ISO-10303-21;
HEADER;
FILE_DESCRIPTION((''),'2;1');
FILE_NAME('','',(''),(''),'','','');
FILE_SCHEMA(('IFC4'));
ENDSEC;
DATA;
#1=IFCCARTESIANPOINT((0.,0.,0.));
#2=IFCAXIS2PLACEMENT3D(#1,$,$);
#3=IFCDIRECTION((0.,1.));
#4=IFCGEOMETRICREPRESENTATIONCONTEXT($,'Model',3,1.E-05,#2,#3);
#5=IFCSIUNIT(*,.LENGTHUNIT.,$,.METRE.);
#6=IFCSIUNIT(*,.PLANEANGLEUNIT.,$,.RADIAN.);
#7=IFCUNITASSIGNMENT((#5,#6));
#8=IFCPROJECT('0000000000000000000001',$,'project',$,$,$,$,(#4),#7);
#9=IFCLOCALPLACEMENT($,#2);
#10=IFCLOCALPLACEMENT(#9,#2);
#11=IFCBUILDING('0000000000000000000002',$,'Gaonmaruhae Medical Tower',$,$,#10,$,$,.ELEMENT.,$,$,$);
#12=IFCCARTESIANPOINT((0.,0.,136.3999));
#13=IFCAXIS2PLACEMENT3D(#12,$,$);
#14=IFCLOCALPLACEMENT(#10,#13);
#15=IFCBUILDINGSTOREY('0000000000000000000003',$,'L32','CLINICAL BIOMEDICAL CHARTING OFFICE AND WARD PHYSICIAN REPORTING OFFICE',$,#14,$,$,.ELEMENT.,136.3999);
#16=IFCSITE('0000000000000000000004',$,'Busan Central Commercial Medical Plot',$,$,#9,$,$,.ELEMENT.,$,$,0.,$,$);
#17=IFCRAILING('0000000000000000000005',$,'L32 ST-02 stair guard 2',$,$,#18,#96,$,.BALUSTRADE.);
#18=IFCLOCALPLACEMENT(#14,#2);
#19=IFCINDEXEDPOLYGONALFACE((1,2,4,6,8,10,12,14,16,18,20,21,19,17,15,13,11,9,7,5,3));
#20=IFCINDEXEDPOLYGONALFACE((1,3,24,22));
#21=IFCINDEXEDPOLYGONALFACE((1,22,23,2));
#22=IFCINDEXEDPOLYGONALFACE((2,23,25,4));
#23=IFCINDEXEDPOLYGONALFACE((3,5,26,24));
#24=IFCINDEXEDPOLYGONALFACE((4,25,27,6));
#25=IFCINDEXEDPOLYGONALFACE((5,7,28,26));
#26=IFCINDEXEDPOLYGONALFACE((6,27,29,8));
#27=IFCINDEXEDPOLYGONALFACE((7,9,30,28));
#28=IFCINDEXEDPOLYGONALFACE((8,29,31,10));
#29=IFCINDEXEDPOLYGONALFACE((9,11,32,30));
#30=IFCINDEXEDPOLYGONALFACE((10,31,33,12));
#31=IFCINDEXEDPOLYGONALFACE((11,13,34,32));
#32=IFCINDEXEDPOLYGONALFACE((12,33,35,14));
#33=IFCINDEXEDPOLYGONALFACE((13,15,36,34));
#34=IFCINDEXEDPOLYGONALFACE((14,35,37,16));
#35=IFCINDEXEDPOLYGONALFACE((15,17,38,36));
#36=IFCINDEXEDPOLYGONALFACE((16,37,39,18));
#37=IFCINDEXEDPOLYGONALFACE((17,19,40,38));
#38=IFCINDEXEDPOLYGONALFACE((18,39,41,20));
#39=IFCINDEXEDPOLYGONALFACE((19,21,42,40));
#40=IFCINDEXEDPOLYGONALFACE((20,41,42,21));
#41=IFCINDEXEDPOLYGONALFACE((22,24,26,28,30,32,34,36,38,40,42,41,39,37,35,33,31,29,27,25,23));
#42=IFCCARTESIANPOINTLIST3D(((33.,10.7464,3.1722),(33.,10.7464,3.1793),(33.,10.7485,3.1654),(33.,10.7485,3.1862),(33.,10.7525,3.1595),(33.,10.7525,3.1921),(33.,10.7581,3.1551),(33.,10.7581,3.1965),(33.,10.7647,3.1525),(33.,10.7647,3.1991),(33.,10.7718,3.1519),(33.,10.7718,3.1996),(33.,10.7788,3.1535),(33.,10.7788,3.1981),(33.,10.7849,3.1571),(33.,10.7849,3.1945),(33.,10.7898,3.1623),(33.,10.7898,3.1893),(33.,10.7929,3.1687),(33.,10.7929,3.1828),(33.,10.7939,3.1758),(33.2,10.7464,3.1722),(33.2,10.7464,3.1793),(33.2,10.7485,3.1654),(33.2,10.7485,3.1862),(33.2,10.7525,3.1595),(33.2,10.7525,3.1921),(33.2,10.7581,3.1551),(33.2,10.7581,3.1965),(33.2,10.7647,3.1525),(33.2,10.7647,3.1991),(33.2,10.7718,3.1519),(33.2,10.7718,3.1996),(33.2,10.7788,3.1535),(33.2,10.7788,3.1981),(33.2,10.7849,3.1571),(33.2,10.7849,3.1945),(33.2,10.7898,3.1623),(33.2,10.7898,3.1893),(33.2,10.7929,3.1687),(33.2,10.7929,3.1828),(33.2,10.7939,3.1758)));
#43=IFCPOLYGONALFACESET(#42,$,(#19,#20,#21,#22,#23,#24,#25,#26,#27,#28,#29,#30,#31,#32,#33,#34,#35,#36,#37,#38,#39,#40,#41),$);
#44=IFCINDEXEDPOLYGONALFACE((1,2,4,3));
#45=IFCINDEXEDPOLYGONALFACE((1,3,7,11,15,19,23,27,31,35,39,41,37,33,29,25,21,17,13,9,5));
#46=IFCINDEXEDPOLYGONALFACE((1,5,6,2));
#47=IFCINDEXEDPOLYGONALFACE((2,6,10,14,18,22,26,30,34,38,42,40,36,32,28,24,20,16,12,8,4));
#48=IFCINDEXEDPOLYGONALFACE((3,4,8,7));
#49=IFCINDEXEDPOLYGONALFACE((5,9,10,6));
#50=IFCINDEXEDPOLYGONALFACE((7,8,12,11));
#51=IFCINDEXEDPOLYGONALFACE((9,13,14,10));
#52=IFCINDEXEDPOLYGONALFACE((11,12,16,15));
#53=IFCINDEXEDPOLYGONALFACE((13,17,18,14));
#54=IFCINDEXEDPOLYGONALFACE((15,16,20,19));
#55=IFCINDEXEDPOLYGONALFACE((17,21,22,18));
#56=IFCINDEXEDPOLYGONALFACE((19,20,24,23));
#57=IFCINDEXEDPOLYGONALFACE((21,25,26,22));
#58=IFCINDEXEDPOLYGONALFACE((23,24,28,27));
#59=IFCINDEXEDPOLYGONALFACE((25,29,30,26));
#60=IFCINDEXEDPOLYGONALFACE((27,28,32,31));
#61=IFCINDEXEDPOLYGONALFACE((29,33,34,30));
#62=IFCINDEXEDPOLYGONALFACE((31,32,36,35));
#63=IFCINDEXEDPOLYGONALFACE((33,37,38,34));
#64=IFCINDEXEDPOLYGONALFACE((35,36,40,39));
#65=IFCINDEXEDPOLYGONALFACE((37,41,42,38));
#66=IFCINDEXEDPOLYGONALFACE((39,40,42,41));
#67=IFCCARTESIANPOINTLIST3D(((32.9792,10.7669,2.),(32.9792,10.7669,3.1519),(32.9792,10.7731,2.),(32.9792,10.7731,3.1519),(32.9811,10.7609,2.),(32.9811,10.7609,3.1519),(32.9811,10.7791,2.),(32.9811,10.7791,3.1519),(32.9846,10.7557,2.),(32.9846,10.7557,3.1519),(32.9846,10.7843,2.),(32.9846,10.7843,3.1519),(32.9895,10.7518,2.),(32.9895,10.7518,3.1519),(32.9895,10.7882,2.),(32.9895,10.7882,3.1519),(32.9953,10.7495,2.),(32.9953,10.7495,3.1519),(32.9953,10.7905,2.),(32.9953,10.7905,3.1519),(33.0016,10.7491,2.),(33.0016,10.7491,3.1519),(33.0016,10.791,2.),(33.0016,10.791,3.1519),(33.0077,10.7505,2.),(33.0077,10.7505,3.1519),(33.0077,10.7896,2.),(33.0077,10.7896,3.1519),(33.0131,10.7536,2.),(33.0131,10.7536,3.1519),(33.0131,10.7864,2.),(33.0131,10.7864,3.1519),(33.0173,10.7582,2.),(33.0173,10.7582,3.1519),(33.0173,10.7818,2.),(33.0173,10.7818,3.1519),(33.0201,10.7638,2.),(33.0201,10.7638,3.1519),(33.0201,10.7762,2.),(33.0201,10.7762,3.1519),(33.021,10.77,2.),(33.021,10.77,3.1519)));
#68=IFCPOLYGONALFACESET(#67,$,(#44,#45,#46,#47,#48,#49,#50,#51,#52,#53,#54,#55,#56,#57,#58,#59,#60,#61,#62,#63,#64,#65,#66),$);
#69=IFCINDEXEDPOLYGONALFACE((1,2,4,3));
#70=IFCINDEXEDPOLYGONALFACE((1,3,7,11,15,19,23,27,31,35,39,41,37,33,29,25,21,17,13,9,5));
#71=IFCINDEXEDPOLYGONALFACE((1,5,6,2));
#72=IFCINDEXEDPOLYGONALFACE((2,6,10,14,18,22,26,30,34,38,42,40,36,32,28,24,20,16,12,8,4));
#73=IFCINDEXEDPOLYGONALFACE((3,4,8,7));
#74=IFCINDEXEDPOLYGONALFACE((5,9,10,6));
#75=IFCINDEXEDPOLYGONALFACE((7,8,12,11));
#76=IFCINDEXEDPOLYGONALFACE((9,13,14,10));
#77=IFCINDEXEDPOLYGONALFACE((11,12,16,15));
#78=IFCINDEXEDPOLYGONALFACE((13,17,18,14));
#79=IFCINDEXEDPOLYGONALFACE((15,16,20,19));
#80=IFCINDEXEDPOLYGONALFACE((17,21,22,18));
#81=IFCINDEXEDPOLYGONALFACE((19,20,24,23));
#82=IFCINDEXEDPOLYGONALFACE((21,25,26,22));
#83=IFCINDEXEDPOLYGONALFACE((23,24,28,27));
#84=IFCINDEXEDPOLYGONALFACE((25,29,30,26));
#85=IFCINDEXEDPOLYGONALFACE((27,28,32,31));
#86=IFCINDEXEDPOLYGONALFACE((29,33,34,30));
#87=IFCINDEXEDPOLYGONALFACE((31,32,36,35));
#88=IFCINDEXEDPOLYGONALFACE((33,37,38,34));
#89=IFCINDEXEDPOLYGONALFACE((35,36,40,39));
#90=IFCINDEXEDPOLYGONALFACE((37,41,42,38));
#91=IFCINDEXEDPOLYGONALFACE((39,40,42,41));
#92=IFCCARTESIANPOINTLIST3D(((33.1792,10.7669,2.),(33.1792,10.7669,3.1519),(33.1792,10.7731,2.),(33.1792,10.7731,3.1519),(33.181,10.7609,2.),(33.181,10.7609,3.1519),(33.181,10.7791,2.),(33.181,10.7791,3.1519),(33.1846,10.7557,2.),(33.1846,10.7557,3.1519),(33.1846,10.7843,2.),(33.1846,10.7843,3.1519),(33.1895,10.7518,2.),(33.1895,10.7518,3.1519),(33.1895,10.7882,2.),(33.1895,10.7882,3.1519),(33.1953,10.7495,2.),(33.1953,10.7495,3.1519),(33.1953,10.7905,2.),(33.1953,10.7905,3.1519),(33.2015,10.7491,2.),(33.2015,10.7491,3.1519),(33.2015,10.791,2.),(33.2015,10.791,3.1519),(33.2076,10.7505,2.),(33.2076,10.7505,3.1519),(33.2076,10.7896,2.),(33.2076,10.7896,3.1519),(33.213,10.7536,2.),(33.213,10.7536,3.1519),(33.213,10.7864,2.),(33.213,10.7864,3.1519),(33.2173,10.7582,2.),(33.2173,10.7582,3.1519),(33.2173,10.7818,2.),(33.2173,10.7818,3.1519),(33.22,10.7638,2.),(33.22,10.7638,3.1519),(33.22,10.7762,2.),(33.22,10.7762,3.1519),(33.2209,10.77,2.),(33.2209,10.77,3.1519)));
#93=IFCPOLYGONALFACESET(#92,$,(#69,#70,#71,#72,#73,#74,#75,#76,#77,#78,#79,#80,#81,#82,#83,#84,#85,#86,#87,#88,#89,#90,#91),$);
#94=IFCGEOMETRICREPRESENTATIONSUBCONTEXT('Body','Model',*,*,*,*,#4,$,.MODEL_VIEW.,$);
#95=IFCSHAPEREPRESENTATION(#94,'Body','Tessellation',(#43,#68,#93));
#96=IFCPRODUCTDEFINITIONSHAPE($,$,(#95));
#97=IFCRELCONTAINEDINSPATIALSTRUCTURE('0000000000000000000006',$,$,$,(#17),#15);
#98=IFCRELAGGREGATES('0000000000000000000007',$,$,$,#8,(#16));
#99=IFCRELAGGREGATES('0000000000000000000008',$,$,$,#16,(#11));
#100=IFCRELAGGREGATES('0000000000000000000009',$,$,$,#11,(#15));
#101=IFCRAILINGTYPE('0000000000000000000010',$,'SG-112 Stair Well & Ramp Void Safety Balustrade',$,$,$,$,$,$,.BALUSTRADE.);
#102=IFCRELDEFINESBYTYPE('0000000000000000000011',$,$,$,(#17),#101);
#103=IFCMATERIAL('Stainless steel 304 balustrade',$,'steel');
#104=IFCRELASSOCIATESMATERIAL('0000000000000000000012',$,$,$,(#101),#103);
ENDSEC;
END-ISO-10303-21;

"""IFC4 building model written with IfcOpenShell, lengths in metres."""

from ifc_helpers import new_model, si_unit, direction, frame, origin, origin_2d, place, context, subcontext, project, spatial, circle, extrude, material, type_object, element, save


model = new_model("IFC4")

# Units and contexts
model_context = context("Model", 3, precision=1e-05, world=origin(), true_north=direction((0.0, 1.0)))
body_context = subcontext(model_context, "Body", "Model", "MODEL_VIEW")
ifc_project = project(units=[si_unit("LENGTHUNIT", "METRE"), si_unit("PLANEANGLEUNIT", "RADIAN")], contexts=[model_context])

# Site, building, storey
site_placement = place(None, origin())
site = spatial("IfcSite", under=ifc_project, at=site_placement, Name="Busan Central Commercial Medical Plot", CompositionType="ELEMENT", RefElevation=0.0)
building_placement = place(site_placement, origin())
building = spatial("IfcBuilding", under=site, at=building_placement, Name="Gaonmaruhae Medical Tower", CompositionType="ELEMENT")
storey_placement = place(building_placement, frame((0.0, 0.0, 136.3999)))
storey = spatial("IfcBuildingStorey", under=building, at=storey_placement, Name="L32", Description="CLINICAL BIOMEDICAL CHARTING OFFICE AND WARD PHYSICIAN REPORTING OFFICE", CompositionType="ELEMENT", Elevation=136.3999)

# Railing
ifc_material_1 = material(Name="Stainless steel 304 balustrade", Category="steel")
railing_type_1 = type_object("IfcRailingType", Name="SG-112 Stair Well & Ramp Void Safety Balustrade", PredefinedType="BALUSTRADE", material=ifc_material_1)
railing_1_placement = place(storey_placement, frame((33.0, 10.77, 2.0)))
element("IfcRailing", 1, at=railing_1_placement, inside=storey, type_object=railing_type_1, Name="L32 ST-02 stair guard 2", PredefinedType="BALUSTRADE", context=body_context, shape_type="SweptSolid", body=[
    extrude(circle(Radius=0.0239, at=origin_2d()), frame((0.0, 0.0, 1.1758), z_axis=(1.0, 0.0, 0.0), x_axis=(0.0, 1.0, 0.0)), (0.0, 0.0, 1.0), 0.2),
    extrude(circle(Radius=0.021, at=origin_2d()), origin(), (0.0, 0.0, 1.0), 1.1519),
    extrude(circle(Radius=0.021, at=origin_2d()), frame((0.2, 0.0, 0.0)), (0.0, 0.0, 1.0), 1.1519),
])

save(model, "model.ifc")
